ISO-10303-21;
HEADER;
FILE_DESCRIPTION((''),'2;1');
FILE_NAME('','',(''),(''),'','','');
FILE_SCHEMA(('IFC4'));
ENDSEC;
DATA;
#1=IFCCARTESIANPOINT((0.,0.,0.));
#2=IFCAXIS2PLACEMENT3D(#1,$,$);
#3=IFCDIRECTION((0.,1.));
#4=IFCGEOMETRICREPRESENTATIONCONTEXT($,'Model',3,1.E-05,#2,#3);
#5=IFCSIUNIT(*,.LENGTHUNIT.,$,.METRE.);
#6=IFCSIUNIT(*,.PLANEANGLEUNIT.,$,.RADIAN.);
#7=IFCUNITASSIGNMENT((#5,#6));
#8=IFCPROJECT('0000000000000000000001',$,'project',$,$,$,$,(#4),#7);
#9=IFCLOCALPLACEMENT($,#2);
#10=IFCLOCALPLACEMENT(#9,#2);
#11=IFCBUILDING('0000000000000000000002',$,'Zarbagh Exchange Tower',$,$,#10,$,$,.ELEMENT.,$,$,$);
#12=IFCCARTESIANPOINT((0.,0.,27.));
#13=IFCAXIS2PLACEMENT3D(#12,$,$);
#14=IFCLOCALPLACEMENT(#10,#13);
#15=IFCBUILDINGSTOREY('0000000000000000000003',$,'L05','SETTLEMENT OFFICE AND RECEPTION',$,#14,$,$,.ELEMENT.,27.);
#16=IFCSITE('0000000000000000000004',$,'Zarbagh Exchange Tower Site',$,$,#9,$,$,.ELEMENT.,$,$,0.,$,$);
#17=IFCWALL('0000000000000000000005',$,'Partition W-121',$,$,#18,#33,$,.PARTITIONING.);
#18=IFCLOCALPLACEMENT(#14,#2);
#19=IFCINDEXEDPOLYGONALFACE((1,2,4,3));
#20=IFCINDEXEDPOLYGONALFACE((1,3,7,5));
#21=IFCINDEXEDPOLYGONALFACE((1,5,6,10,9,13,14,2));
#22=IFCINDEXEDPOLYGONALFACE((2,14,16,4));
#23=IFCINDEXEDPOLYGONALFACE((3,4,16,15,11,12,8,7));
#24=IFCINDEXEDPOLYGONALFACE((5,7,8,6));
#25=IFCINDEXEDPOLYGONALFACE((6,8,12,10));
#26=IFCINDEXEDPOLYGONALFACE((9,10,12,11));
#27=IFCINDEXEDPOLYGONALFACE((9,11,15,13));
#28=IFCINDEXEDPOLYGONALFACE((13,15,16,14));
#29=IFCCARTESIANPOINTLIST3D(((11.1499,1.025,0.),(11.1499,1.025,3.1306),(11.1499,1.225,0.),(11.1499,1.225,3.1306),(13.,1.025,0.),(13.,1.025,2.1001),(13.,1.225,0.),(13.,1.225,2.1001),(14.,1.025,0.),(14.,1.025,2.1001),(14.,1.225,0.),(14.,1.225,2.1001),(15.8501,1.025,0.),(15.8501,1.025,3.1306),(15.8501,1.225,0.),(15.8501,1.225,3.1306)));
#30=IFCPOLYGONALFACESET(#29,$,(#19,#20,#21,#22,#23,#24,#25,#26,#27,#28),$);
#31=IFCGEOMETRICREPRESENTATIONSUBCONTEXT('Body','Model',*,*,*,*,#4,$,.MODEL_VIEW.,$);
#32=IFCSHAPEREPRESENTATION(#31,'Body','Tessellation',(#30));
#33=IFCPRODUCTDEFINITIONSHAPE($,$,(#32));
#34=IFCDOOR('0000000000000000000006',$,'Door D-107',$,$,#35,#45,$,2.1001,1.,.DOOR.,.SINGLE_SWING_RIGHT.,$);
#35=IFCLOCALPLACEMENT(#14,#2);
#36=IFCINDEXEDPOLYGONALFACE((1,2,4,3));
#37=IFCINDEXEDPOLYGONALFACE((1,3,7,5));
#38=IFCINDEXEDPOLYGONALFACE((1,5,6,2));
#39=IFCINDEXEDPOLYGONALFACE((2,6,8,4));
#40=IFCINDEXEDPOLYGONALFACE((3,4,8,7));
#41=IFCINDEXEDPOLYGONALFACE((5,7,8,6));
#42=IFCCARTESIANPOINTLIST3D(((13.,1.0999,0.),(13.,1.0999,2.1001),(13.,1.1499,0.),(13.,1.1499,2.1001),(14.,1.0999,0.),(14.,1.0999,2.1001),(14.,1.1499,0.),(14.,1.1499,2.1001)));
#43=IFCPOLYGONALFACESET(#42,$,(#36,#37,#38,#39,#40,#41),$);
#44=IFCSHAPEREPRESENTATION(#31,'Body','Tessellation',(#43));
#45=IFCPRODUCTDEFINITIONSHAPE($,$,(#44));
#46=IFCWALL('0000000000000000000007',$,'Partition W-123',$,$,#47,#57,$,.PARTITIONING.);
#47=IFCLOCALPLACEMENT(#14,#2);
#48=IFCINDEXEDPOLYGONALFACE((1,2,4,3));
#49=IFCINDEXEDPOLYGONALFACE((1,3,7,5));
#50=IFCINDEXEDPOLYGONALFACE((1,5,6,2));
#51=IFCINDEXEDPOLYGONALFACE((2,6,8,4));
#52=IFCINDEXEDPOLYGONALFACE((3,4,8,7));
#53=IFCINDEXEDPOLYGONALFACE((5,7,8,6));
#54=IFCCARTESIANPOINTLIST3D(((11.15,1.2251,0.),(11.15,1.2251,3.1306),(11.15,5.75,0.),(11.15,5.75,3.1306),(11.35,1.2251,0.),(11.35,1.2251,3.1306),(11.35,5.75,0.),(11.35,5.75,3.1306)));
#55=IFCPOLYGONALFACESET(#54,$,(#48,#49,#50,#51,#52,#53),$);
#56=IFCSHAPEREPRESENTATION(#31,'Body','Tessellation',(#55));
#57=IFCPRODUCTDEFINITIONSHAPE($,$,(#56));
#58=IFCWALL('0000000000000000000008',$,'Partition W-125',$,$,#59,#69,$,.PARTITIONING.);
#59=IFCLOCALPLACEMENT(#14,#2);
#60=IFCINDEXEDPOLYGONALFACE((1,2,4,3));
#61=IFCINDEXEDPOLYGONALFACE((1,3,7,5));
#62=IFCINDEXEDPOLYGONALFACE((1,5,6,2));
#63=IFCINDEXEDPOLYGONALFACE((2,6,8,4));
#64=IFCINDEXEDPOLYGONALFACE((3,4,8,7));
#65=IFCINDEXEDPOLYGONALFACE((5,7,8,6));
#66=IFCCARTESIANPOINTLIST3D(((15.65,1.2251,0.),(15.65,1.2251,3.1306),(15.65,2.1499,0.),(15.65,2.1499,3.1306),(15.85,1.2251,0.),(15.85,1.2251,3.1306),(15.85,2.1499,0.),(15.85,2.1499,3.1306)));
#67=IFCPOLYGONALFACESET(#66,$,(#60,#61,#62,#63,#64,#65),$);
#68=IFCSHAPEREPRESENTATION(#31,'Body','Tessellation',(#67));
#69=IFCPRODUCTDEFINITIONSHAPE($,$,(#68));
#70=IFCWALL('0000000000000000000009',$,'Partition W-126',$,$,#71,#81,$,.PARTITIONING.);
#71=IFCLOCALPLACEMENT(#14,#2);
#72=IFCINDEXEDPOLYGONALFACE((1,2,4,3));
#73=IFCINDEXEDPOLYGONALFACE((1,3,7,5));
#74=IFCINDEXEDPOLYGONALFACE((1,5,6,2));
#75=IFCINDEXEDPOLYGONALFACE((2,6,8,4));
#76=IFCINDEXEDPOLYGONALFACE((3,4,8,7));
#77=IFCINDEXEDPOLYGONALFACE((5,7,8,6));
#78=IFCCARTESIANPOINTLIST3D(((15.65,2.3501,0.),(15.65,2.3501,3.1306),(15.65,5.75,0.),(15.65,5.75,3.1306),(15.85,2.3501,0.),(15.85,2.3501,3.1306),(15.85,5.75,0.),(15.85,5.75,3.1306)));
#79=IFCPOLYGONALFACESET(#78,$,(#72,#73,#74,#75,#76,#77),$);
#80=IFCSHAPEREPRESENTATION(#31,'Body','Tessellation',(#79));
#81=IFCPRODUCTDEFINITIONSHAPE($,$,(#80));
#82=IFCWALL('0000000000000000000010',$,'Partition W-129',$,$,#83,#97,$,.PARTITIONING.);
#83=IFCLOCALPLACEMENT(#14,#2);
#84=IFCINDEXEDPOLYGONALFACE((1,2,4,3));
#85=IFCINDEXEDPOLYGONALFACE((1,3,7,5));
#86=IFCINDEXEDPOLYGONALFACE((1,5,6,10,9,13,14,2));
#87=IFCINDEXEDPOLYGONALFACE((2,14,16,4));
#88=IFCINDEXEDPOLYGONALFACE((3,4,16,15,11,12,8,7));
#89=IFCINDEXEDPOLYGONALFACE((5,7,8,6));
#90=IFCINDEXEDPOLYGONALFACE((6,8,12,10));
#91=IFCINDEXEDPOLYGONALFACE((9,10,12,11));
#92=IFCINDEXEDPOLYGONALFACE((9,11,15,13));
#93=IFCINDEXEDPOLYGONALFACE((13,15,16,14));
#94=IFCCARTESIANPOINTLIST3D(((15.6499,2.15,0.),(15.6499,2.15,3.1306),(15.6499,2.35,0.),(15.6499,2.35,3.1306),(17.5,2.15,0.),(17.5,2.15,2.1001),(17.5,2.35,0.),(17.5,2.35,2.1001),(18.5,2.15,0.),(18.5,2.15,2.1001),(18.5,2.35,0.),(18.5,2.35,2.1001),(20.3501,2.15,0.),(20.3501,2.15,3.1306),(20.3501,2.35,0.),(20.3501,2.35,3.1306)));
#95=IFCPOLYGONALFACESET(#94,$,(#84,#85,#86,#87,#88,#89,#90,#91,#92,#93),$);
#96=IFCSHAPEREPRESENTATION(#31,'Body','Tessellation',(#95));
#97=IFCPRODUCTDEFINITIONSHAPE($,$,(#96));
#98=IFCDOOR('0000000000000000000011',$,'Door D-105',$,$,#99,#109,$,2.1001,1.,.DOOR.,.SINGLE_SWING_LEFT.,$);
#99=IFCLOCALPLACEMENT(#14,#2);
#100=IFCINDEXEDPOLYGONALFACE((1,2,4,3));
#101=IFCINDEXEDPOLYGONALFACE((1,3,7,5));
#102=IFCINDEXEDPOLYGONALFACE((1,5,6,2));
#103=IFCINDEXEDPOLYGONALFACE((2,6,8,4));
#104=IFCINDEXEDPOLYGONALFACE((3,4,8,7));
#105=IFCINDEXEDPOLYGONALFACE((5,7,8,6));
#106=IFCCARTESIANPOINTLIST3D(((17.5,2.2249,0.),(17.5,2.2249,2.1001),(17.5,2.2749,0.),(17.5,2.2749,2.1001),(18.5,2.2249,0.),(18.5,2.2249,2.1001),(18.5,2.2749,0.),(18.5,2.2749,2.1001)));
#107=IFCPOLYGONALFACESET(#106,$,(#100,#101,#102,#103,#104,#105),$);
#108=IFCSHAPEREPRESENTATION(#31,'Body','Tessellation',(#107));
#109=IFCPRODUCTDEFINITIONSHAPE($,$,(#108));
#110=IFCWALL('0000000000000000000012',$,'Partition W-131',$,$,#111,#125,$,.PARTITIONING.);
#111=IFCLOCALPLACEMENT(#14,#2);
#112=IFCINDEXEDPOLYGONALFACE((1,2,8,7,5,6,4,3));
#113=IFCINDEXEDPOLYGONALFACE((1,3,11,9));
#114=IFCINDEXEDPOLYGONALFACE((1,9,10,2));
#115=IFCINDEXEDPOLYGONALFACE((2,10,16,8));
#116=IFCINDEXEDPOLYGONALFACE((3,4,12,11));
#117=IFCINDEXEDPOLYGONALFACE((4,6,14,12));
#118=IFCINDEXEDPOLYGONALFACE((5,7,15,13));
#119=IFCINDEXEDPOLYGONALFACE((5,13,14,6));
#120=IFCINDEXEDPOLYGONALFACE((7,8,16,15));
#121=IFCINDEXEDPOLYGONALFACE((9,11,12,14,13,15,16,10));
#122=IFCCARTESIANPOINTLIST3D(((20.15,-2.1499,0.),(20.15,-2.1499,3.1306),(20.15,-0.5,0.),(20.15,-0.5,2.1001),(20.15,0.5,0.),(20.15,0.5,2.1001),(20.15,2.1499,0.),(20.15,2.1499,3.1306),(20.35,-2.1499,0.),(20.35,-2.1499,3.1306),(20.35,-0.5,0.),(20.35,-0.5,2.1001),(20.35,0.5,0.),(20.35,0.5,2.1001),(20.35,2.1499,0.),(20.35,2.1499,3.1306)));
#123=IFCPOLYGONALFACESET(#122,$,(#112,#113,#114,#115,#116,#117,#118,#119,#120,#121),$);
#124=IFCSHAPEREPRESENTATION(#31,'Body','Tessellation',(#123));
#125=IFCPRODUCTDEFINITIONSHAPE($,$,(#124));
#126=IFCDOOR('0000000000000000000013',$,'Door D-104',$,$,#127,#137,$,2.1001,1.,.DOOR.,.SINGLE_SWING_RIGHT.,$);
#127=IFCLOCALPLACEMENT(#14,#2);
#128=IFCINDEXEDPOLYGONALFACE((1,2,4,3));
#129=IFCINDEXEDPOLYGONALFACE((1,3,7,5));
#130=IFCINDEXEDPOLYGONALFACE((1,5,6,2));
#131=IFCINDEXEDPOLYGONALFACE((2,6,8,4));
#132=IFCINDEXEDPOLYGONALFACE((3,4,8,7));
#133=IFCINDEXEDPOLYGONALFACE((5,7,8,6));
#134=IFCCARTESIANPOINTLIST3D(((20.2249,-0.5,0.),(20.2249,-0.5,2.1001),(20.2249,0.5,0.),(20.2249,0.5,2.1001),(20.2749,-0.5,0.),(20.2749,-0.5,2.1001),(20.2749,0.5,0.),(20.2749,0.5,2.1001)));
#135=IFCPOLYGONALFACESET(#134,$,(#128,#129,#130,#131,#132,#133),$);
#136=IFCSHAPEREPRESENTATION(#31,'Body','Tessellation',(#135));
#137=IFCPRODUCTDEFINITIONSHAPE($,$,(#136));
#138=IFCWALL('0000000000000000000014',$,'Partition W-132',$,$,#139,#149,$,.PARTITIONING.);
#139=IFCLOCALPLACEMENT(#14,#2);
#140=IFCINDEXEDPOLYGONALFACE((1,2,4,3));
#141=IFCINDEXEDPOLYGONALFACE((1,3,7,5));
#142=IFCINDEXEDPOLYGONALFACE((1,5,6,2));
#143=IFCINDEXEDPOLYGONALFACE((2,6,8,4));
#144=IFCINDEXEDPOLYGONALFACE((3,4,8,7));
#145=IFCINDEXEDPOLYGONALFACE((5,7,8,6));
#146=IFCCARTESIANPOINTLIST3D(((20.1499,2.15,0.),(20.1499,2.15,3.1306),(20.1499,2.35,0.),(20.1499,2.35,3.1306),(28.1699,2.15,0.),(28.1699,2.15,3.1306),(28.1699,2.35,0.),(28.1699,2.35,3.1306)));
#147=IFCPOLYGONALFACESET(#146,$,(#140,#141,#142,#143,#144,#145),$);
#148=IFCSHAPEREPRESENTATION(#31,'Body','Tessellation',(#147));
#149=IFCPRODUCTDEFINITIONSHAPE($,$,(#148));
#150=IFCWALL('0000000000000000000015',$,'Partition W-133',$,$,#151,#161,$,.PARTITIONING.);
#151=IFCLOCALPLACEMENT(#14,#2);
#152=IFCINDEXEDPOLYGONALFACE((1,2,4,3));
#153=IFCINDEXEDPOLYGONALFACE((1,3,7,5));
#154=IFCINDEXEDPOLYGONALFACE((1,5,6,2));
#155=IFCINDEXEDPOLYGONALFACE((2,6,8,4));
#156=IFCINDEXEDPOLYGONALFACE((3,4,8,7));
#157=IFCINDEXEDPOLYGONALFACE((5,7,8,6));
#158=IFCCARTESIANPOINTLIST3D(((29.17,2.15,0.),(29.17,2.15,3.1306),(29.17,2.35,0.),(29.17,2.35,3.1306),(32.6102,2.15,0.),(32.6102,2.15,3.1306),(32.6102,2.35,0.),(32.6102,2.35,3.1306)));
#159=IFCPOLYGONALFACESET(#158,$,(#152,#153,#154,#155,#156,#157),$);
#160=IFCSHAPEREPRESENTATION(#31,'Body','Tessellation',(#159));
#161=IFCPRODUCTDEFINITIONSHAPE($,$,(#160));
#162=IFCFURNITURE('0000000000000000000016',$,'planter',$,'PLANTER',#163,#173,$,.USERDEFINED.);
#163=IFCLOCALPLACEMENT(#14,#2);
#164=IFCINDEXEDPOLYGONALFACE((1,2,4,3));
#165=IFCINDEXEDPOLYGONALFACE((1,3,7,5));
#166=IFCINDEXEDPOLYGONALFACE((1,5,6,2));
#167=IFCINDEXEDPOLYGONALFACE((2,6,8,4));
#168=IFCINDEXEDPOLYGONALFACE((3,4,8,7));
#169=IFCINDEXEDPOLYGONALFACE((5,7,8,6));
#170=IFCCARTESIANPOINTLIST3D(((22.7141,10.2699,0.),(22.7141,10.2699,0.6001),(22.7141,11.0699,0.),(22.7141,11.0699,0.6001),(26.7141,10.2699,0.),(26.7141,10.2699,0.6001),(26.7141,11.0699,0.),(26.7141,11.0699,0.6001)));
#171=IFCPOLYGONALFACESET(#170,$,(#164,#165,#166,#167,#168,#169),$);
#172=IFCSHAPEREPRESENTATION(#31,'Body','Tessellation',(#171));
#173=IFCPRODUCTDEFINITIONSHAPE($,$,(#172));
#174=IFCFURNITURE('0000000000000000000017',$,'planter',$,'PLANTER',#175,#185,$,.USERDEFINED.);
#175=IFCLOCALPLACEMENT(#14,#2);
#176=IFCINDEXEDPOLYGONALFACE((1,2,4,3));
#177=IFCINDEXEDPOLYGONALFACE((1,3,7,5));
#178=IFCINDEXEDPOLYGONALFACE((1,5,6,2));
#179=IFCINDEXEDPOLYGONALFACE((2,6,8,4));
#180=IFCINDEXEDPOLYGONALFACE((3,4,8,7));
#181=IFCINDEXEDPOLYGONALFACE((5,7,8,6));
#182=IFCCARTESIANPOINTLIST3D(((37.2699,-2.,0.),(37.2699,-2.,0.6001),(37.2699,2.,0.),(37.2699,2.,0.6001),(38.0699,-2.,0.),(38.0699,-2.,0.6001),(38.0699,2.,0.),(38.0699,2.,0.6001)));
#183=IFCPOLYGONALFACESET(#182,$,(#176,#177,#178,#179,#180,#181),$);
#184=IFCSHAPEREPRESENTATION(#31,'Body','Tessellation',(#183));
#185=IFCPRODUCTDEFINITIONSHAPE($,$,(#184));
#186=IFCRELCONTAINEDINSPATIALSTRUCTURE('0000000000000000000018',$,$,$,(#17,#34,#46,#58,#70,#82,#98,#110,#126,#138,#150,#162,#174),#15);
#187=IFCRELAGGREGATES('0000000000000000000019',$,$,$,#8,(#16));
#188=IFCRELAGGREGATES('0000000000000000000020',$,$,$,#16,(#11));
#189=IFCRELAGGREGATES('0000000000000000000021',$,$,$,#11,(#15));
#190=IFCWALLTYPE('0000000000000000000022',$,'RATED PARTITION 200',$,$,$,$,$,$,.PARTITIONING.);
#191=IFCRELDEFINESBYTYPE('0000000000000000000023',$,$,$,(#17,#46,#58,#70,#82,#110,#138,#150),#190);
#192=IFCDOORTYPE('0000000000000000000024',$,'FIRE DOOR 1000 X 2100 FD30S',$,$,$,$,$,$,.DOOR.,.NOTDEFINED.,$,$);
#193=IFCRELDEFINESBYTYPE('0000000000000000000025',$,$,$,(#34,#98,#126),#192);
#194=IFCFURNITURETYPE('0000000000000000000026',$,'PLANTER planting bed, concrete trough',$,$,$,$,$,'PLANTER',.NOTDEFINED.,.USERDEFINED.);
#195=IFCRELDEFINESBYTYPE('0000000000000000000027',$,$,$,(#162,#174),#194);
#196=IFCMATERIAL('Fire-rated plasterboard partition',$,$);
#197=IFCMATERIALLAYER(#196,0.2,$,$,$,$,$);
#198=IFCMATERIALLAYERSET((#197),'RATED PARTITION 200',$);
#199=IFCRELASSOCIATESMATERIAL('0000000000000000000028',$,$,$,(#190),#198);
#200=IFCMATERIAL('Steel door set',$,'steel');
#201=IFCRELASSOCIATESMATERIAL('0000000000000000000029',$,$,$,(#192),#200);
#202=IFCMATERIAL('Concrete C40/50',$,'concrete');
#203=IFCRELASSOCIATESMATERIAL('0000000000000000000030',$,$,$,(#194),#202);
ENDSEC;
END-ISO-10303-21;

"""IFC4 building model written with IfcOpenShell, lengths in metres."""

from ifc_helpers import new_model, si_unit, direction, frame, frame_2d, origin, origin_2d, place, context, subcontext, project, spatial, rectangle, extrude, material, layer, layer_set, type_object, element, fill, save


model = new_model("IFC4")

# Units and contexts
model_context = context("Model", 3, precision=1e-05, world=origin(), true_north=direction((0.0, 1.0)))
body_context = subcontext(model_context, "Body", "Model", "MODEL_VIEW")
ifc_project = project(units=[si_unit("LENGTHUNIT", "METRE"), si_unit("PLANEANGLEUNIT", "RADIAN")], contexts=[model_context])

# Site, building, storey
site_placement = place(None, origin())
site = spatial("IfcSite", under=ifc_project, at=site_placement, Name="Zarbagh Exchange Tower Site", CompositionType="ELEMENT", RefElevation=0.0)
building_placement = place(site_placement, origin())
building = spatial("IfcBuilding", under=site, at=building_placement, Name="Zarbagh Exchange Tower", CompositionType="ELEMENT")
storey_placement = place(building_placement, frame((0.0, 0.0, 27.0)))
storey = spatial("IfcBuildingStorey", under=building, at=storey_placement, Name="L05", Description="SETTLEMENT OFFICE AND RECEPTION", CompositionType="ELEMENT", Elevation=27.0)

# Wall, opening, door
ifc_material_1 = material(Name="Fire-rated plasterboard partition")
ifc_layer = layer(ifc_material_1, 0.2)
ifc_layer_set = layer_set([ifc_layer], Name="RATED PARTITION 200")
wall_type = type_object("IfcWallType", Name="RATED PARTITION 200", PredefinedType="PARTITIONING", material=ifc_layer_set)
wall_1_placement = place(storey_placement, frame((11.1499, 1.125, 0.0), z_axis=(0.0, 0.0, 1.0), x_axis=(1.0, 0.0, 0.0)))
wall_1 = element("IfcWall", 1, at=wall_1_placement, inside=storey, type_object=wall_type, Name="Partition W-121", PredefinedType="PARTITIONING", context=body_context, shape_type="SweptSolid", body=[
    extrude(rectangle(XDim=4.7002, YDim=0.2, at=frame_2d((2.3501, 0.0))), origin(), (0.0, 0.0, 1.0), 3.1306),
])
opening_1_placement = place(wall_1_placement, frame((1.8501, 0.0, 0.0)))
opening_1 = element("IfcOpeningElement", 2, at=opening_1_placement, cuts=wall_1, PredefinedType="OPENING", context=body_context, shape_type="SweptSolid", body=[
    extrude(rectangle(XDim=1.0, YDim=2.1001, at=frame_2d((0.5, 1.05))), frame((0.0, 0.1099, 0.0), z_axis=(0.0, -1.0, 0.0), x_axis=(1.0, 0.0, 0.0)), (0.0, 0.0, 1.0), 0.22),
])
ifc_material_2 = material(Name="Steel door set", Category="steel")
door_type = type_object("IfcDoorType", Name="FIRE DOOR 1000 X 2100 FD30S", OperationType="NOTDEFINED", PredefinedType="DOOR", material=ifc_material_2)
door_1_placement = place(opening_1_placement, origin())
door_1 = element("IfcDoor", 3, at=door_1_placement, inside=storey, type_object=door_type, Name="Door D-107", OperationType="SINGLE_SWING_RIGHT", OverallHeight=2.1001, OverallWidth=1.0, PredefinedType="DOOR", context=body_context, shape_type="SweptSolid", body=[
    extrude(rectangle(XDim=1.0, YDim=2.1001, at=frame_2d((0.5, 1.05))), frame((0.0, 0.0249, 0.0), z_axis=(0.0, -1.0, 0.0), x_axis=(1.0, 0.0, 0.0)), (0.0, 0.0, 1.0), 0.05),
])
fill(opening_1, door_1)

# Walls
wall_2_placement = place(storey_placement, frame((11.25, 1.2251, 0.0), z_axis=(0.0, 0.0, 1.0), x_axis=(0.0, 1.0, 0.0)))
element("IfcWall", 4, at=wall_2_placement, inside=storey, type_object=wall_type, Name="Partition W-123", PredefinedType="PARTITIONING", context=body_context, shape_type="SweptSolid", body=[
    extrude(rectangle(XDim=4.5249, YDim=0.2, at=frame_2d((2.2625, 0.0))), origin(), (0.0, 0.0, 1.0), 3.1306),
])
wall_3_placement = place(storey_placement, frame((15.75, 1.2251, 0.0), z_axis=(0.0, 0.0, 1.0), x_axis=(0.0, 1.0, 0.0)))
element("IfcWall", 5, at=wall_3_placement, inside=storey, type_object=wall_type, Name="Partition W-125", PredefinedType="PARTITIONING", context=body_context, shape_type="SweptSolid", body=[
    extrude(rectangle(XDim=0.9248, YDim=0.2, at=frame_2d((0.4624, 0.0))), origin(), (0.0, 0.0, 1.0), 3.1306),
])
wall_4_placement = place(storey_placement, frame((15.75, 2.3501, 0.0), z_axis=(0.0, 0.0, 1.0), x_axis=(0.0, 1.0, 0.0)))
element("IfcWall", 6, at=wall_4_placement, inside=storey, type_object=wall_type, Name="Partition W-126", PredefinedType="PARTITIONING", context=body_context, shape_type="SweptSolid", body=[
    extrude(rectangle(XDim=3.3999, YDim=0.2, at=frame_2d((1.7, 0.0))), origin(), (0.0, 0.0, 1.0), 3.1306),
])

# Walls, openings, doors
wall_5_placement = place(storey_placement, frame((15.6499, 2.25, 0.0), z_axis=(0.0, 0.0, 1.0), x_axis=(1.0, 0.0, 0.0)))
wall_5 = element("IfcWall", 7, at=wall_5_placement, inside=storey, type_object=wall_type, Name="Partition W-129", PredefinedType="PARTITIONING", context=body_context, shape_type="SweptSolid", body=[
    extrude(rectangle(XDim=4.7002, YDim=0.2, at=frame_2d((2.3501, 0.0))), origin(), (0.0, 0.0, 1.0), 3.1306),
])
opening_2_placement = place(wall_5_placement, frame((1.8501, 0.0, 0.0)))
opening_2 = element("IfcOpeningElement", 8, at=opening_2_placement, cuts=wall_5, PredefinedType="OPENING", context=body_context, shape_type="SweptSolid", body=[
    extrude(rectangle(XDim=1.0, YDim=2.1001, at=frame_2d((0.5, 1.05))), frame((0.0, 0.1099, 0.0), z_axis=(0.0, -1.0, 0.0), x_axis=(1.0, 0.0, 0.0)), (0.0, 0.0, 1.0), 0.22),
])
door_2_placement = place(opening_2_placement, origin())
door_2 = element("IfcDoor", 9, at=door_2_placement, inside=storey, type_object=door_type, Name="Door D-105", OperationType="SINGLE_SWING_LEFT", OverallHeight=2.1001, OverallWidth=1.0, PredefinedType="DOOR", context=body_context, shape_type="SweptSolid", body=[
    extrude(rectangle(XDim=1.0, YDim=2.1001, at=frame_2d((0.5, 1.05))), frame((0.0, 0.0249, 0.0), z_axis=(0.0, -1.0, 0.0), x_axis=(1.0, 0.0, 0.0)), (0.0, 0.0, 1.0), 0.05),
])
fill(opening_2, door_2)
wall_6_placement = place(storey_placement, frame((20.25, 2.1499, 0.0), z_axis=(0.0, 0.0, 1.0), x_axis=(0.0, -1.0, 0.0)))
wall_6 = element("IfcWall", 10, at=wall_6_placement, inside=storey, type_object=wall_type, Name="Partition W-131", PredefinedType="PARTITIONING", context=body_context, shape_type="SweptSolid", body=[
    extrude(rectangle(XDim=4.2998, YDim=0.2, at=frame_2d((2.1499, 0.0))), origin(), (0.0, 0.0, 1.0), 3.1306),
])
opening_3_placement = place(wall_6_placement, frame((1.6499, 0.0, 0.0)))
opening_3 = element("IfcOpeningElement", 11, at=opening_3_placement, cuts=wall_6, PredefinedType="OPENING", context=body_context, shape_type="SweptSolid", body=[
    extrude(rectangle(XDim=1.0, YDim=2.1001, at=frame_2d((0.5, 1.05))), frame((0.0, 0.1099, 0.0), z_axis=(0.0, -1.0, 0.0), x_axis=(1.0, 0.0, 0.0)), (0.0, 0.0, 1.0), 0.22),
])
door_3_placement = place(opening_3_placement, origin())
door_3 = element("IfcDoor", 12, at=door_3_placement, inside=storey, type_object=door_type, Name="Door D-104", OperationType="SINGLE_SWING_RIGHT", OverallHeight=2.1001, OverallWidth=1.0, PredefinedType="DOOR", context=body_context, shape_type="SweptSolid", body=[
    extrude(rectangle(XDim=1.0, YDim=2.1001, at=frame_2d((0.5, 1.05))), frame((0.0, 0.0249, 0.0), z_axis=(0.0, -1.0, 0.0), x_axis=(1.0, 0.0, 0.0)), (0.0, 0.0, 1.0), 0.05),
])
fill(opening_3, door_3)

# Walls
wall_7_placement = place(storey_placement, frame((20.1499, 2.25, 0.0), z_axis=(0.0, 0.0, 1.0), x_axis=(1.0, 0.0, 0.0)))
element("IfcWall", 13, at=wall_7_placement, inside=storey, type_object=wall_type, Name="Partition W-132", PredefinedType="PARTITIONING", context=body_context, shape_type="SweptSolid", body=[
    extrude(rectangle(XDim=8.02, YDim=0.2, at=frame_2d((4.01, 0.0))), origin(), (0.0, 0.0, 1.0), 3.1306),
])
wall_8_placement = place(storey_placement, frame((29.1699, 2.25, 0.0), z_axis=(0.0, 0.0, 1.0), x_axis=(1.0, 0.0, 0.0)))
element("IfcWall", 14, at=wall_8_placement, inside=storey, type_object=wall_type, Name="Partition W-133", PredefinedType="PARTITIONING", context=body_context, shape_type="SweptSolid", body=[
    extrude(rectangle(XDim=3.4402, YDim=0.2, at=frame_2d((1.7202, 0.0))), origin(), (0.0, 0.0, 1.0), 3.1306),
])

# Furniture
ifc_material_3 = material(Name="Concrete C40/50", Category="concrete")
furniture_type = type_object("IfcFurnitureType", Name="PLANTER planting bed, concrete trough", ElementType="PLANTER", AssemblyPlace="NOTDEFINED", PredefinedType="USERDEFINED", material=ifc_material_3)
for number, where, z_axis, x_axis, name in (
    (15, (24.7141, 10.6699, 0.0), (0.0, 0.0, 1.0), (1.0, 0.0, 0.0), "planter"),
    (16, (37.6699, 0.0, 0.0), (0.0, 0.0, 1.0), (0.0, -1.0, 0.0), "planter"),
):
    element("IfcFurniture", number, at=place(storey_placement, frame(where, z_axis=z_axis, x_axis=x_axis)), inside=storey, type_object=furniture_type, Name=name, ObjectType="PLANTER", PredefinedType="USERDEFINED", context=body_context, shape_type="SweptSolid", body=[
        extrude(rectangle(XDim=4.0, YDim=0.8, at=origin_2d()), origin(), (0.0, 0.0, 1.0), 0.6001),
    ])

save(model, "model.ifc")
